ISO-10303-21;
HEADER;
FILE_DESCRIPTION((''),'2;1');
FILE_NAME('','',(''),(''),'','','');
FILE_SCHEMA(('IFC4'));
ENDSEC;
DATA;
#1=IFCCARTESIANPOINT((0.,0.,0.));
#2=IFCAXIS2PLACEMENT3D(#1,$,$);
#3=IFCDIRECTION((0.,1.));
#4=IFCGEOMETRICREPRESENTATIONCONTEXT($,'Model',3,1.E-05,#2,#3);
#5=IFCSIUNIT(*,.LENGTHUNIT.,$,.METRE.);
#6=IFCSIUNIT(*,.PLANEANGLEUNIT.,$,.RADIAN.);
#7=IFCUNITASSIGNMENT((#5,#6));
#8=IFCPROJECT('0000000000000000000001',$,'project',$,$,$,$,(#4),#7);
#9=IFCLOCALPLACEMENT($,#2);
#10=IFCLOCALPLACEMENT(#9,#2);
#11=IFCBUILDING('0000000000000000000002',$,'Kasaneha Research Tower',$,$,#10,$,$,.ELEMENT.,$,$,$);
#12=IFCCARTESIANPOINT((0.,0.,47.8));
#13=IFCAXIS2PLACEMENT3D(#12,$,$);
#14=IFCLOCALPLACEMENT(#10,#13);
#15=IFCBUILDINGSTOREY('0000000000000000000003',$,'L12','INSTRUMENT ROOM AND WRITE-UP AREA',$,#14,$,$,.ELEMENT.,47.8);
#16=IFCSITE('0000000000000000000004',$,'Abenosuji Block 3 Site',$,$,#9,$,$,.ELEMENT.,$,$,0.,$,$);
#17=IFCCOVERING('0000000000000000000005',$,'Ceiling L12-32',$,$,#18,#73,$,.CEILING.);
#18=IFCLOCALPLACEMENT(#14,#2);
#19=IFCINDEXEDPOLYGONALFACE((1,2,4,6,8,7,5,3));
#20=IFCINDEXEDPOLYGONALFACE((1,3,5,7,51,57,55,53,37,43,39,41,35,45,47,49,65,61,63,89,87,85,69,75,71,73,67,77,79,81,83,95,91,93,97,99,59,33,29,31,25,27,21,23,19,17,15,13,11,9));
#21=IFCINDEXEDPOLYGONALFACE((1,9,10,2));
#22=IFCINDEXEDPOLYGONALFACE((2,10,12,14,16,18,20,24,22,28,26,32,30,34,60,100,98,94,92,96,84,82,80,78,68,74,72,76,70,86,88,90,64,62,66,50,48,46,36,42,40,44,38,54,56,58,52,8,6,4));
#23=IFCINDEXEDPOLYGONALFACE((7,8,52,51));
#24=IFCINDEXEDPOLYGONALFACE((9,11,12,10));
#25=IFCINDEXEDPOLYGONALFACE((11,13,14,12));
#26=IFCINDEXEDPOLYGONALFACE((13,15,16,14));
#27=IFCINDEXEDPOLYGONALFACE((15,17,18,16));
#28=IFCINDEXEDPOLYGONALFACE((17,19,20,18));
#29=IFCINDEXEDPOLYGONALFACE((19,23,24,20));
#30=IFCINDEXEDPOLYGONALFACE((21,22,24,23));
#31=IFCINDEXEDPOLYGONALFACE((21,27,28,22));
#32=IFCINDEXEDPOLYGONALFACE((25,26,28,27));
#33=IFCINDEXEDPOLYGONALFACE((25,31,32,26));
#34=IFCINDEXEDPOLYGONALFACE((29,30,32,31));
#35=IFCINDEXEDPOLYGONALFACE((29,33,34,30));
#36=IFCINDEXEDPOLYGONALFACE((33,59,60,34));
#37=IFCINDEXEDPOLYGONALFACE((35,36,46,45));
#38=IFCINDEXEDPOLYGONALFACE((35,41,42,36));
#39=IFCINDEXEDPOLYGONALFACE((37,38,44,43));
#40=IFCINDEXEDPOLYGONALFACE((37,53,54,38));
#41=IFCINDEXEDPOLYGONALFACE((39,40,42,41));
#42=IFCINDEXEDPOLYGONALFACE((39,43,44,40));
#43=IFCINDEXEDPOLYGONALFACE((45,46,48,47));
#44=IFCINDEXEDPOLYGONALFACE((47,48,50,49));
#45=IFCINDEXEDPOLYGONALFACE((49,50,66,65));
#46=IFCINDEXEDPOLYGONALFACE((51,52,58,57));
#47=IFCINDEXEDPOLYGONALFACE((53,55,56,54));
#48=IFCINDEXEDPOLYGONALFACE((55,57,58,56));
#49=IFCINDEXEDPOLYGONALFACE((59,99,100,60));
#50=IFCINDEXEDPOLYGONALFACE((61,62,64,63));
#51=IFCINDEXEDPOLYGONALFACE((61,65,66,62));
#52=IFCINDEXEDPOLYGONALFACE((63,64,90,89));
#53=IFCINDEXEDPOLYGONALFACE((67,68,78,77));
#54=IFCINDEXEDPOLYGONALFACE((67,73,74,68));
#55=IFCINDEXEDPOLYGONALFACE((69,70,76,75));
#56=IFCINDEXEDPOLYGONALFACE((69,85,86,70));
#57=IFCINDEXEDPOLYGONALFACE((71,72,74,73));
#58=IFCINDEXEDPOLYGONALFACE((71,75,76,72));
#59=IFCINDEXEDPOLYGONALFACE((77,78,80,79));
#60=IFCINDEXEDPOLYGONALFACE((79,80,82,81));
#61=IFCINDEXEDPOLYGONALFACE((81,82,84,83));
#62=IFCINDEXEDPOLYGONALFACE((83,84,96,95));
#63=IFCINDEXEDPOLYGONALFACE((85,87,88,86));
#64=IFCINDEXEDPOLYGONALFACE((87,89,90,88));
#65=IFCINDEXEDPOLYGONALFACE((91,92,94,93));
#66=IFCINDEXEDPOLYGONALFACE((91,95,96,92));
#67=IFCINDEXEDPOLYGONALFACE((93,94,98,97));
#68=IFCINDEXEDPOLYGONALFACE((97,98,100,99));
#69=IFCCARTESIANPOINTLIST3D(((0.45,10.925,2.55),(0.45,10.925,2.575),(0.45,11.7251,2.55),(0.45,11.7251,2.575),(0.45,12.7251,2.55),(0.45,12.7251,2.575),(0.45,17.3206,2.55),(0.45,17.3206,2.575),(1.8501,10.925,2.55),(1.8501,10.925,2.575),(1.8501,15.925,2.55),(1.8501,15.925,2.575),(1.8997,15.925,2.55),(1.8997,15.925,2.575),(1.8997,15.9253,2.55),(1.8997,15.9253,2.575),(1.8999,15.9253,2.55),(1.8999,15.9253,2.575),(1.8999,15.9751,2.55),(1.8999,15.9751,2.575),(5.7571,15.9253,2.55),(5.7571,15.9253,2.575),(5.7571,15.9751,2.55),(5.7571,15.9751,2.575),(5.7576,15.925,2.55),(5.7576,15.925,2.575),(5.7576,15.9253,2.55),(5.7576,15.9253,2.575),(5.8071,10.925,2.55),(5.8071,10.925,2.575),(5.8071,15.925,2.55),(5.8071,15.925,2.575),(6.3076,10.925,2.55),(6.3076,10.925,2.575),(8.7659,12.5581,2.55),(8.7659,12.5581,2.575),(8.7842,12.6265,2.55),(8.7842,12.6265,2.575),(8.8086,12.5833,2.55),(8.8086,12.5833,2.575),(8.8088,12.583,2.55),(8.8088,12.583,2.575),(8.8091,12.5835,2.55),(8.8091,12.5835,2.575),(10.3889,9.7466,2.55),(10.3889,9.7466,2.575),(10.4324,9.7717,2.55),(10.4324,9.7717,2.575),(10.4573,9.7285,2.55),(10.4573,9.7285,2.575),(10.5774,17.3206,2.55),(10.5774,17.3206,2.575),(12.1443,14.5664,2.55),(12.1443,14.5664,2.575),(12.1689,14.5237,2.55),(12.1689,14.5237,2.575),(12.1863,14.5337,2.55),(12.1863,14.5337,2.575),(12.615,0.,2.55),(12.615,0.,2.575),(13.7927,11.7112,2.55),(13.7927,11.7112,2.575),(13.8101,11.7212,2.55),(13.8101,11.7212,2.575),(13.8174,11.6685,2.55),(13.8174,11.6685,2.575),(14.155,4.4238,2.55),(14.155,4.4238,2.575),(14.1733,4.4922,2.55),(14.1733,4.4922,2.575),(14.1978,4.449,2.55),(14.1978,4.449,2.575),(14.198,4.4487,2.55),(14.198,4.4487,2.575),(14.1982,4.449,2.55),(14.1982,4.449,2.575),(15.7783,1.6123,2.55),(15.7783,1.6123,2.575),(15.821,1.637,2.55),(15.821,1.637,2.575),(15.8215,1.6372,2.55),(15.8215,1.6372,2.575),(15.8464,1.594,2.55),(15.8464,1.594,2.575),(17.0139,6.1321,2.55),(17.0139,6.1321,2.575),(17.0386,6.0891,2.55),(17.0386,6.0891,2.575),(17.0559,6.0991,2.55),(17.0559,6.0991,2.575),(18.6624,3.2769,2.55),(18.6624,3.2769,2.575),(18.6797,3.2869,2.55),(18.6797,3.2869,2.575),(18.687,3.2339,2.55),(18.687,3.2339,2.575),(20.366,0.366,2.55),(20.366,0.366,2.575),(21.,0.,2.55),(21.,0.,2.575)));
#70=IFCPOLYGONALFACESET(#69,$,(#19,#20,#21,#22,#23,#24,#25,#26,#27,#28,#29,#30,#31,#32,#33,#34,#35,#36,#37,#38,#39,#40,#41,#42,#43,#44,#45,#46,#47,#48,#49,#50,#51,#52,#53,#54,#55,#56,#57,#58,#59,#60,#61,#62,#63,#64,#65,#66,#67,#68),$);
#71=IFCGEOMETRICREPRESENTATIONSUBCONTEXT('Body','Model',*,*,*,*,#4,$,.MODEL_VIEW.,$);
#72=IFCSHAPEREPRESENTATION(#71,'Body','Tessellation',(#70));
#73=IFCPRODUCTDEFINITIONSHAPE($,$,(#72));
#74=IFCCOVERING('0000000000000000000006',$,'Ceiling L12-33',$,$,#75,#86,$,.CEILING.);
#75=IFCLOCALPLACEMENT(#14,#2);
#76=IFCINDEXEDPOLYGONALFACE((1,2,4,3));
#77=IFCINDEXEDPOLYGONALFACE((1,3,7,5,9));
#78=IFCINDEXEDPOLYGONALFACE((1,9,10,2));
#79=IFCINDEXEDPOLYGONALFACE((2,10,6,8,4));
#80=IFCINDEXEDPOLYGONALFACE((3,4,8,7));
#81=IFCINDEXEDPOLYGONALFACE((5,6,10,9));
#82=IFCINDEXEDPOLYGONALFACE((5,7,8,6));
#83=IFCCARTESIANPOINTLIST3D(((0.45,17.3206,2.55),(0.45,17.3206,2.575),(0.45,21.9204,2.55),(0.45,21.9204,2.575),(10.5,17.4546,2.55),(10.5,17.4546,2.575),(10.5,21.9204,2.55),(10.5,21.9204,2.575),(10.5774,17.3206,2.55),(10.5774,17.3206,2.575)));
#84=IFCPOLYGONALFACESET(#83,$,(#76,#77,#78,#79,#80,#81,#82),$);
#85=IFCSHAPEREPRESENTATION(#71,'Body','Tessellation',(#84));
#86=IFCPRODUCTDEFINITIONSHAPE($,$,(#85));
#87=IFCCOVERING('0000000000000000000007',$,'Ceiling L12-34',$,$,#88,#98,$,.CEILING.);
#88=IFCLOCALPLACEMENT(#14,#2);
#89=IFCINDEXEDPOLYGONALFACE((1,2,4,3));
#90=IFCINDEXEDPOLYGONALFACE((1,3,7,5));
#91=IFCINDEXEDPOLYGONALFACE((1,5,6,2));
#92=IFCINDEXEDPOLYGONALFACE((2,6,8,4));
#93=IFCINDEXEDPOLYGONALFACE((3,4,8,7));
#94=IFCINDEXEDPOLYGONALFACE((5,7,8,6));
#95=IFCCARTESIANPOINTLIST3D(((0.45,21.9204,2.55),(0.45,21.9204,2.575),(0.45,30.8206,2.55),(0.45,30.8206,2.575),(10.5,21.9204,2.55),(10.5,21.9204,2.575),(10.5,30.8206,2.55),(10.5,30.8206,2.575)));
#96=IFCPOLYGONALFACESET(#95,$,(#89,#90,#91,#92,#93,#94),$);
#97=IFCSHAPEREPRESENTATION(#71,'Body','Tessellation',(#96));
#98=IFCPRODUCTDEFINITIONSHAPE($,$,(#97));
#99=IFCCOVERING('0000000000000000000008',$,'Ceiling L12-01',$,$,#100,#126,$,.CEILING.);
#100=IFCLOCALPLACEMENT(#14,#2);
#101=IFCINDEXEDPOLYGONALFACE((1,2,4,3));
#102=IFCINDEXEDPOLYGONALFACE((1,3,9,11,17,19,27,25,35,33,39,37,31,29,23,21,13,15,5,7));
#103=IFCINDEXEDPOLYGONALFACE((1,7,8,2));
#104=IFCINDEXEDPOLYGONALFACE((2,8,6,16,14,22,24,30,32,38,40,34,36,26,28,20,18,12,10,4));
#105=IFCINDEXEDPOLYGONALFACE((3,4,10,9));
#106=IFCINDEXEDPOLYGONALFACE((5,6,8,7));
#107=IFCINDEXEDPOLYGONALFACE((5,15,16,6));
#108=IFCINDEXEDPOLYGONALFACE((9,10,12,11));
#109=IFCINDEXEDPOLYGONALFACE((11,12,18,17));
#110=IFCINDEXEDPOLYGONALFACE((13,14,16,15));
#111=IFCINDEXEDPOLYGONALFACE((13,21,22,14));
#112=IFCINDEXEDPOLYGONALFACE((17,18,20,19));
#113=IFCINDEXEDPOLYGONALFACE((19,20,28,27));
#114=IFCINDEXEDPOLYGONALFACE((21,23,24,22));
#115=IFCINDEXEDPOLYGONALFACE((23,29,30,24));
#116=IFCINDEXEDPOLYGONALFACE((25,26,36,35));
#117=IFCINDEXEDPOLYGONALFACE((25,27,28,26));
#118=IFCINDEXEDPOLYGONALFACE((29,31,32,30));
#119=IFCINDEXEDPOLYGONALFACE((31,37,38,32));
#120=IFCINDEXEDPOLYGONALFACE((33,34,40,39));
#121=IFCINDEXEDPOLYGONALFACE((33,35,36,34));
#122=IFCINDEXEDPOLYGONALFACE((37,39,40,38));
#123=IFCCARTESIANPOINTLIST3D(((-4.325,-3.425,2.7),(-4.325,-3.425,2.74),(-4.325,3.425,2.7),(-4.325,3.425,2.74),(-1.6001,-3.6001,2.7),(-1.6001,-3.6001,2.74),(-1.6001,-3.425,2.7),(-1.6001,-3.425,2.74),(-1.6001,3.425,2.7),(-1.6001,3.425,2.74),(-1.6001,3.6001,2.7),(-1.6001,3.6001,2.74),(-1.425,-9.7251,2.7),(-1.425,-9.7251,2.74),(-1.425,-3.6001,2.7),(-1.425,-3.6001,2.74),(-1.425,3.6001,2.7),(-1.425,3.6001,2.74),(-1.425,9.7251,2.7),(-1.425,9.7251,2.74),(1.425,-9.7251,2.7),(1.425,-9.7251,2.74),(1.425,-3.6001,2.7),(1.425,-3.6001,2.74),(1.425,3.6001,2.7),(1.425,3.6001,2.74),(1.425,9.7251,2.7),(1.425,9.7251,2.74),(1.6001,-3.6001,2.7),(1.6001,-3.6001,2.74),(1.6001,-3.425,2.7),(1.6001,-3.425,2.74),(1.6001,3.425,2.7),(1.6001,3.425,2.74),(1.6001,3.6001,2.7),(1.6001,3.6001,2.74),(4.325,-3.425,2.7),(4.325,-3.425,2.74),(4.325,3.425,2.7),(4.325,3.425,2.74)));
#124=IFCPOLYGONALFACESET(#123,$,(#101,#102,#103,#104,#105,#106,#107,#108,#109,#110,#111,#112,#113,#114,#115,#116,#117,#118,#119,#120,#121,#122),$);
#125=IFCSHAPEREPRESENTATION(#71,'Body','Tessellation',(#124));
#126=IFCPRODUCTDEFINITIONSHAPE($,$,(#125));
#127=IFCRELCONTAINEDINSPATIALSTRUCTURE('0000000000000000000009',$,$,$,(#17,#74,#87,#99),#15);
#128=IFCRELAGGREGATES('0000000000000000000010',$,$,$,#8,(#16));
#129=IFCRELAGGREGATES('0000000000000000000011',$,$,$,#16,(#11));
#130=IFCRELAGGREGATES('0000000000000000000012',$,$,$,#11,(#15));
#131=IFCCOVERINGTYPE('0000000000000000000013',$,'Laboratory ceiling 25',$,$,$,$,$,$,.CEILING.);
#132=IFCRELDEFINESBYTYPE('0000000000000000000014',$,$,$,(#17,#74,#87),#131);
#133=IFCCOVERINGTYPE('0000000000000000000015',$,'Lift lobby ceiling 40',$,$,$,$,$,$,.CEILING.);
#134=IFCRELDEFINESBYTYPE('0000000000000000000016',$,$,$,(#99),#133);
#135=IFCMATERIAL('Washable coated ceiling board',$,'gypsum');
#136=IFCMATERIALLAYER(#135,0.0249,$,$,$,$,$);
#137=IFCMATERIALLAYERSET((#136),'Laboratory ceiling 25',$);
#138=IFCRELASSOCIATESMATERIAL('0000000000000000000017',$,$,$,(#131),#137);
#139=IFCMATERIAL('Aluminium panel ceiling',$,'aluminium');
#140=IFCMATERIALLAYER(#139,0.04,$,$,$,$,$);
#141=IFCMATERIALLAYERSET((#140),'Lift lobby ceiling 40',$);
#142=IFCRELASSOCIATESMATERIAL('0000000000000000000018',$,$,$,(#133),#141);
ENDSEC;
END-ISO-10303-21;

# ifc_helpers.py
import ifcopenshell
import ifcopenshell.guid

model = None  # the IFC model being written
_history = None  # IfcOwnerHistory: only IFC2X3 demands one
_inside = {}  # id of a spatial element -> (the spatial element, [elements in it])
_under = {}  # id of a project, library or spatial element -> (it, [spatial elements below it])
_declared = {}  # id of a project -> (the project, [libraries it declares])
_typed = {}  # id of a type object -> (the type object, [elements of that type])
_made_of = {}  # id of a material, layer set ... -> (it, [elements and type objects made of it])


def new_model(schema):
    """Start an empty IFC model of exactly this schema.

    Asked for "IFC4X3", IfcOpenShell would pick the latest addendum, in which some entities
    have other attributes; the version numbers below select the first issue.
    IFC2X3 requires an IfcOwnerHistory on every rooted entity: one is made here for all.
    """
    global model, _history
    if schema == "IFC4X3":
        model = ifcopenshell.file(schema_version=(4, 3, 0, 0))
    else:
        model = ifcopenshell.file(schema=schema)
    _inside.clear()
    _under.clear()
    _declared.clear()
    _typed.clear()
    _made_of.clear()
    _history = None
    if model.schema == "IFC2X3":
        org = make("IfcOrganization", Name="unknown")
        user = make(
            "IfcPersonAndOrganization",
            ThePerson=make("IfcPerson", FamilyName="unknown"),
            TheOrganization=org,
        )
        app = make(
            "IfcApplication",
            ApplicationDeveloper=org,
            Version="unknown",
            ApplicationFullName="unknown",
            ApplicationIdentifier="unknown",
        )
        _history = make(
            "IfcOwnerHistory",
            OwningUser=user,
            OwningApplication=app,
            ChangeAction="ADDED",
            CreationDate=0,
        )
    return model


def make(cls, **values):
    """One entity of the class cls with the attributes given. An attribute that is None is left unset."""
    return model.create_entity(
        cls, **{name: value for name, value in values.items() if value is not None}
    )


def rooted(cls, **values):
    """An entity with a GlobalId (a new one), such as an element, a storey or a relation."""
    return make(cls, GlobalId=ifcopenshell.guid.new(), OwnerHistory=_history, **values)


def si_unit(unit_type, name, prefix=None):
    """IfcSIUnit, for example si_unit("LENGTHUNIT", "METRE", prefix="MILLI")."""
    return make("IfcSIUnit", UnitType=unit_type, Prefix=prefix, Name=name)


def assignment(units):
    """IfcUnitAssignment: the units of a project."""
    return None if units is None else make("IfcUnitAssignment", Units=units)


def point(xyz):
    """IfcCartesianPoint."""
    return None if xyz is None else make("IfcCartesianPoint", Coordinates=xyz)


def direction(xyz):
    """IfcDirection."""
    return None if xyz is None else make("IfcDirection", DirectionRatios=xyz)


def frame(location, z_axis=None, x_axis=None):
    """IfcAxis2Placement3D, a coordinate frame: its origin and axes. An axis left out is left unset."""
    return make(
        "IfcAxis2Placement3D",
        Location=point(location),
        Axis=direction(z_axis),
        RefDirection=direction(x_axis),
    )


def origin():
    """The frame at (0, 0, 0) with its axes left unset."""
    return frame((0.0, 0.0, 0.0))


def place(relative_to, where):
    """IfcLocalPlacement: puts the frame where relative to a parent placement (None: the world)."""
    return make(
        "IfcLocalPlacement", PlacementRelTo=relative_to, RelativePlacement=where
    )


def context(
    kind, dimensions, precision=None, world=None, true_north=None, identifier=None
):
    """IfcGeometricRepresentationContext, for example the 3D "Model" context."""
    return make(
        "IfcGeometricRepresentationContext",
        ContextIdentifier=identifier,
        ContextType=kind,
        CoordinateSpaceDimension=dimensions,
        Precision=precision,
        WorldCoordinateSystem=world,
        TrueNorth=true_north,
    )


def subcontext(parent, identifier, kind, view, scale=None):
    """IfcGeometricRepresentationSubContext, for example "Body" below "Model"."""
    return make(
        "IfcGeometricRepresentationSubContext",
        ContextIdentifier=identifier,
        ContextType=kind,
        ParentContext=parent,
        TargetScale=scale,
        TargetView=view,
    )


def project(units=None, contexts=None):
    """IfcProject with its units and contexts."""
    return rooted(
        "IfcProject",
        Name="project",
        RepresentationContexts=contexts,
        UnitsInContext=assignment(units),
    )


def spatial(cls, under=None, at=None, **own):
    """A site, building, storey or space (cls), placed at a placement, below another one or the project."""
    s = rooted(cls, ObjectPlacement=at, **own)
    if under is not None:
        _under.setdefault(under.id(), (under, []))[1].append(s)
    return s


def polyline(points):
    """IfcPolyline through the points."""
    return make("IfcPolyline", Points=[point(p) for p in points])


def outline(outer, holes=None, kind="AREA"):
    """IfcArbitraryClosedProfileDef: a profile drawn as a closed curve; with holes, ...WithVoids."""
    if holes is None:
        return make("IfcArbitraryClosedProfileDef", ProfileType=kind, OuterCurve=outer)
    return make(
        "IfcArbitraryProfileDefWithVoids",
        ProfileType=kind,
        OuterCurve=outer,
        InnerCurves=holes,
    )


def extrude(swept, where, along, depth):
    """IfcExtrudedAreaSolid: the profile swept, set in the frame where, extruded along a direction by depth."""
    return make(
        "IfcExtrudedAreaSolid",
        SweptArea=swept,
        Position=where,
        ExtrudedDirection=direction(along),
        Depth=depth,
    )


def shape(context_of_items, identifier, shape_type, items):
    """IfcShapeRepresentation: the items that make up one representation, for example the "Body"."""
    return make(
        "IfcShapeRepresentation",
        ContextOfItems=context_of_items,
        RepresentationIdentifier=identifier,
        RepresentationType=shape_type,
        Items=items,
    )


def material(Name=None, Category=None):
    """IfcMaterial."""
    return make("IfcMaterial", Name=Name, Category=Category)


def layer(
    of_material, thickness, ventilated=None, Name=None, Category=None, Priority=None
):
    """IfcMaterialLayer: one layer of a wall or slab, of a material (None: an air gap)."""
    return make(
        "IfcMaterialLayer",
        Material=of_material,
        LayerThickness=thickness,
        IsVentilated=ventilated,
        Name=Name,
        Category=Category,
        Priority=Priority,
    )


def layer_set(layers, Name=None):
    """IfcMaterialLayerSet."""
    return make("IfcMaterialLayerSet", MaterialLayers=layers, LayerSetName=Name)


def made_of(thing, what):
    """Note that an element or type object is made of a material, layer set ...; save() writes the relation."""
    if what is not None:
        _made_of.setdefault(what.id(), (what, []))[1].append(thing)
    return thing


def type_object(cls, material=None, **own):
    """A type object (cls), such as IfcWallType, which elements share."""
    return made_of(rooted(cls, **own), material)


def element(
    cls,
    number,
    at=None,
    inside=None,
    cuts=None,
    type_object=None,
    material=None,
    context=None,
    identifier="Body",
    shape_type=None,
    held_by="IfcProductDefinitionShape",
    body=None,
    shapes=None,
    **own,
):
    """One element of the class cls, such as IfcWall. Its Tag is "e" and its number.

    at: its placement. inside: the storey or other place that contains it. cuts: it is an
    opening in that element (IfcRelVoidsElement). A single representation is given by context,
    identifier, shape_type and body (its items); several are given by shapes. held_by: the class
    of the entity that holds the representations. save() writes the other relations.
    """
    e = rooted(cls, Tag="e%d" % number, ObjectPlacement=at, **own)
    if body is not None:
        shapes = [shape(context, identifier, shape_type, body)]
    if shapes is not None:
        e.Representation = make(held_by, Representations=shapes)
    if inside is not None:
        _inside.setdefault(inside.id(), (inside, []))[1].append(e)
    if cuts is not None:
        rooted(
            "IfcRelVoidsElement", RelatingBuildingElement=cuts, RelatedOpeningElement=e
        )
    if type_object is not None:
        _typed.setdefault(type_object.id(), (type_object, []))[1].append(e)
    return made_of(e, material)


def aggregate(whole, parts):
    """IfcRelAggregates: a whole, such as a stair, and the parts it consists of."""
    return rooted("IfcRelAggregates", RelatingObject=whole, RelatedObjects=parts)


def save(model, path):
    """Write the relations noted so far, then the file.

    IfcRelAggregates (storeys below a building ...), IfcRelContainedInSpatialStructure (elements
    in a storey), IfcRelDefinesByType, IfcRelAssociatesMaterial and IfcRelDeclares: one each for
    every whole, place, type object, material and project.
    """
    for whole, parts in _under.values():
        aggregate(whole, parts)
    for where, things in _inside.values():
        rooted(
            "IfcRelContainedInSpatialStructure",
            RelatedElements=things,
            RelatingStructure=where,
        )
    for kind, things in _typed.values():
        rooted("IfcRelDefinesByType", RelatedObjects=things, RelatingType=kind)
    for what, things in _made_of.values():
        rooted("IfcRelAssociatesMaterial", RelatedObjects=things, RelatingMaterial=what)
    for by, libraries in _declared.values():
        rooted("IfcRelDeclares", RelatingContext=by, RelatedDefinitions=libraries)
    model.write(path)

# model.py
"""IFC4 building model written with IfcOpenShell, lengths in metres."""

from ifc_helpers import new_model, si_unit, direction, frame, origin, place, context, subcontext, project, spatial, polyline, outline, extrude, material, layer, layer_set, type_object, element, save


model = new_model("IFC4")

# Units and contexts
model_context = context("Model", 3, precision=1e-05, world=origin(), true_north=direction((0.0, 1.0)))
body_context = subcontext(model_context, "Body", "Model", "MODEL_VIEW")
ifc_project = project(units=[si_unit("LENGTHUNIT", "METRE"), si_unit("PLANEANGLEUNIT", "RADIAN")], contexts=[model_context])

# Site, building, storey
site_placement = place(None, origin())
site = spatial("IfcSite", under=ifc_project, at=site_placement, Name="Abenosuji Block 3 Site", CompositionType="ELEMENT", RefElevation=0.0)
building_placement = place(site_placement, origin())
building = spatial("IfcBuilding", under=site, at=building_placement, Name="Kasaneha Research Tower", CompositionType="ELEMENT")
storey_placement = place(building_placement, frame((0.0, 0.0, 47.8)))
storey = spatial("IfcBuildingStorey", under=building, at=storey_placement, Name="L12", Description="INSTRUMENT ROOM AND WRITE-UP AREA", CompositionType="ELEMENT", Elevation=47.8)

# Coverings
ifc_material_1 = material(Name="Washable coated ceiling board", Category="gypsum")
ifc_layer_1 = layer(ifc_material_1, 0.0249)
ifc_layer_set_1 = layer_set([ifc_layer_1], Name="Laboratory ceiling 25")
covering_type_1 = type_object("IfcCoveringType", Name="Laboratory ceiling 25", PredefinedType="CEILING", material=ifc_layer_set_1)
covering_1_placement = place(storey_placement, frame((0.0, 0.0, 2.55)))
element("IfcCovering", 1, at=covering_1_placement, inside=storey, type_object=covering_type_1, Name="Ceiling L12-32", PredefinedType="CEILING", context=body_context, shape_type="SweptSolid", body=[
    extrude(outline(polyline([(6.3076, 10.925), (5.8071, 10.925), (5.8071, 15.925), (5.7576, 15.925), (5.7576, 15.9253), (5.7571, 15.9253), (5.7571, 15.9751), (1.8999, 15.9751), (1.8999, 15.9253), (1.8997, 15.9253), (1.8997, 15.925), (1.8501, 15.925), (1.8501, 10.925), (0.45, 10.925), (0.45, 11.7251), (0.45, 12.7251), (0.45, 17.3206), (10.5774, 17.3206), (12.1863, 14.5337), (12.1689, 14.5237), (12.1443, 14.5664), (8.7842, 12.6265), (8.8091, 12.5835), (8.8086, 12.5833), (8.8088, 12.583), (8.7659, 12.5581), (10.3889, 9.7466), (10.4324, 9.7717), (10.4573, 9.7285), (13.8174, 11.6685), (13.7927, 11.7112), (13.8101, 11.7212), (17.0559, 6.0991), (17.0386, 6.0891), (17.0139, 6.1321), (14.1733, 4.4922), (14.1982, 4.449), (14.1978, 4.449), (14.198, 4.4487), (14.155, 4.4238), (15.7783, 1.6123), (15.821, 1.637), (15.821, 1.637), (15.8215, 1.6372), (15.8464, 1.594), (18.687, 3.2339), (18.6624, 3.2769), (18.6797, 3.2869), (20.366, 0.366), (21.0, 0.0), (12.615, 0.0), (6.3076, 10.925)])), origin(), (0.0, 0.0, 1.0), 0.0249),
])
covering_2_placement = place(storey_placement, frame((0.0, 0.0, 2.55)))
element("IfcCovering", 2, at=covering_2_placement, inside=storey, type_object=covering_type_1, Name="Ceiling L12-33", PredefinedType="CEILING", context=body_context, shape_type="SweptSolid", body=[
    extrude(outline(polyline([(10.5, 21.9204), (10.5, 17.4546), (10.5774, 17.3206), (0.45, 17.3206), (0.45, 21.9204), (10.5, 21.9204)])), origin(), (0.0, 0.0, 1.0), 0.0249),
])
covering_3_placement = place(storey_placement, frame((0.0, 0.0, 2.55)))
element("IfcCovering", 3, at=covering_3_placement, inside=storey, type_object=covering_type_1, Name="Ceiling L12-34", PredefinedType="CEILING", context=body_context, shape_type="SweptSolid", body=[
    extrude(outline(polyline([(10.5, 30.8206), (10.5, 21.9204), (0.45, 21.9204), (0.45, 30.8206), (10.5, 30.8206)])), origin(), (0.0, 0.0, 1.0), 0.0249),
])
ifc_material_2 = material(Name="Aluminium panel ceiling", Category="aluminium")
ifc_layer_2 = layer(ifc_material_2, 0.04)
ifc_layer_set_2 = layer_set([ifc_layer_2], Name="Lift lobby ceiling 40")
covering_type_2 = type_object("IfcCoveringType", Name="Lift lobby ceiling 40", PredefinedType="CEILING", material=ifc_layer_set_2)
covering_4_placement = place(storey_placement, frame((0.0, 0.0, 2.7)))
element("IfcCovering", 4, at=covering_4_placement, inside=storey, type_object=covering_type_2, Name="Ceiling L12-01", PredefinedType="CEILING", context=body_context, shape_type="SweptSolid", body=[
    extrude(outline(polyline([(1.425, 9.7251), (1.425, 3.6001), (1.6001, 3.6001), (1.6001, 3.425), (4.325, 3.425), (4.325, -3.425), (1.6001, -3.425), (1.6001, -3.6001), (1.425, -3.6001), (1.425, -9.7251), (-1.425, -9.7251), (-1.425, -3.6001), (-1.6001, -3.6001), (-1.6001, -3.425), (-4.325, -3.425), (-4.325, 3.425), (-1.6001, 3.425), (-1.6001, 3.6001), (-1.425, 3.6001), (-1.425, 9.7251), (1.425, 9.7251)])), origin(), (0.0, 0.0, 1.0), 0.04),
])

save(model, "model.ifc")
